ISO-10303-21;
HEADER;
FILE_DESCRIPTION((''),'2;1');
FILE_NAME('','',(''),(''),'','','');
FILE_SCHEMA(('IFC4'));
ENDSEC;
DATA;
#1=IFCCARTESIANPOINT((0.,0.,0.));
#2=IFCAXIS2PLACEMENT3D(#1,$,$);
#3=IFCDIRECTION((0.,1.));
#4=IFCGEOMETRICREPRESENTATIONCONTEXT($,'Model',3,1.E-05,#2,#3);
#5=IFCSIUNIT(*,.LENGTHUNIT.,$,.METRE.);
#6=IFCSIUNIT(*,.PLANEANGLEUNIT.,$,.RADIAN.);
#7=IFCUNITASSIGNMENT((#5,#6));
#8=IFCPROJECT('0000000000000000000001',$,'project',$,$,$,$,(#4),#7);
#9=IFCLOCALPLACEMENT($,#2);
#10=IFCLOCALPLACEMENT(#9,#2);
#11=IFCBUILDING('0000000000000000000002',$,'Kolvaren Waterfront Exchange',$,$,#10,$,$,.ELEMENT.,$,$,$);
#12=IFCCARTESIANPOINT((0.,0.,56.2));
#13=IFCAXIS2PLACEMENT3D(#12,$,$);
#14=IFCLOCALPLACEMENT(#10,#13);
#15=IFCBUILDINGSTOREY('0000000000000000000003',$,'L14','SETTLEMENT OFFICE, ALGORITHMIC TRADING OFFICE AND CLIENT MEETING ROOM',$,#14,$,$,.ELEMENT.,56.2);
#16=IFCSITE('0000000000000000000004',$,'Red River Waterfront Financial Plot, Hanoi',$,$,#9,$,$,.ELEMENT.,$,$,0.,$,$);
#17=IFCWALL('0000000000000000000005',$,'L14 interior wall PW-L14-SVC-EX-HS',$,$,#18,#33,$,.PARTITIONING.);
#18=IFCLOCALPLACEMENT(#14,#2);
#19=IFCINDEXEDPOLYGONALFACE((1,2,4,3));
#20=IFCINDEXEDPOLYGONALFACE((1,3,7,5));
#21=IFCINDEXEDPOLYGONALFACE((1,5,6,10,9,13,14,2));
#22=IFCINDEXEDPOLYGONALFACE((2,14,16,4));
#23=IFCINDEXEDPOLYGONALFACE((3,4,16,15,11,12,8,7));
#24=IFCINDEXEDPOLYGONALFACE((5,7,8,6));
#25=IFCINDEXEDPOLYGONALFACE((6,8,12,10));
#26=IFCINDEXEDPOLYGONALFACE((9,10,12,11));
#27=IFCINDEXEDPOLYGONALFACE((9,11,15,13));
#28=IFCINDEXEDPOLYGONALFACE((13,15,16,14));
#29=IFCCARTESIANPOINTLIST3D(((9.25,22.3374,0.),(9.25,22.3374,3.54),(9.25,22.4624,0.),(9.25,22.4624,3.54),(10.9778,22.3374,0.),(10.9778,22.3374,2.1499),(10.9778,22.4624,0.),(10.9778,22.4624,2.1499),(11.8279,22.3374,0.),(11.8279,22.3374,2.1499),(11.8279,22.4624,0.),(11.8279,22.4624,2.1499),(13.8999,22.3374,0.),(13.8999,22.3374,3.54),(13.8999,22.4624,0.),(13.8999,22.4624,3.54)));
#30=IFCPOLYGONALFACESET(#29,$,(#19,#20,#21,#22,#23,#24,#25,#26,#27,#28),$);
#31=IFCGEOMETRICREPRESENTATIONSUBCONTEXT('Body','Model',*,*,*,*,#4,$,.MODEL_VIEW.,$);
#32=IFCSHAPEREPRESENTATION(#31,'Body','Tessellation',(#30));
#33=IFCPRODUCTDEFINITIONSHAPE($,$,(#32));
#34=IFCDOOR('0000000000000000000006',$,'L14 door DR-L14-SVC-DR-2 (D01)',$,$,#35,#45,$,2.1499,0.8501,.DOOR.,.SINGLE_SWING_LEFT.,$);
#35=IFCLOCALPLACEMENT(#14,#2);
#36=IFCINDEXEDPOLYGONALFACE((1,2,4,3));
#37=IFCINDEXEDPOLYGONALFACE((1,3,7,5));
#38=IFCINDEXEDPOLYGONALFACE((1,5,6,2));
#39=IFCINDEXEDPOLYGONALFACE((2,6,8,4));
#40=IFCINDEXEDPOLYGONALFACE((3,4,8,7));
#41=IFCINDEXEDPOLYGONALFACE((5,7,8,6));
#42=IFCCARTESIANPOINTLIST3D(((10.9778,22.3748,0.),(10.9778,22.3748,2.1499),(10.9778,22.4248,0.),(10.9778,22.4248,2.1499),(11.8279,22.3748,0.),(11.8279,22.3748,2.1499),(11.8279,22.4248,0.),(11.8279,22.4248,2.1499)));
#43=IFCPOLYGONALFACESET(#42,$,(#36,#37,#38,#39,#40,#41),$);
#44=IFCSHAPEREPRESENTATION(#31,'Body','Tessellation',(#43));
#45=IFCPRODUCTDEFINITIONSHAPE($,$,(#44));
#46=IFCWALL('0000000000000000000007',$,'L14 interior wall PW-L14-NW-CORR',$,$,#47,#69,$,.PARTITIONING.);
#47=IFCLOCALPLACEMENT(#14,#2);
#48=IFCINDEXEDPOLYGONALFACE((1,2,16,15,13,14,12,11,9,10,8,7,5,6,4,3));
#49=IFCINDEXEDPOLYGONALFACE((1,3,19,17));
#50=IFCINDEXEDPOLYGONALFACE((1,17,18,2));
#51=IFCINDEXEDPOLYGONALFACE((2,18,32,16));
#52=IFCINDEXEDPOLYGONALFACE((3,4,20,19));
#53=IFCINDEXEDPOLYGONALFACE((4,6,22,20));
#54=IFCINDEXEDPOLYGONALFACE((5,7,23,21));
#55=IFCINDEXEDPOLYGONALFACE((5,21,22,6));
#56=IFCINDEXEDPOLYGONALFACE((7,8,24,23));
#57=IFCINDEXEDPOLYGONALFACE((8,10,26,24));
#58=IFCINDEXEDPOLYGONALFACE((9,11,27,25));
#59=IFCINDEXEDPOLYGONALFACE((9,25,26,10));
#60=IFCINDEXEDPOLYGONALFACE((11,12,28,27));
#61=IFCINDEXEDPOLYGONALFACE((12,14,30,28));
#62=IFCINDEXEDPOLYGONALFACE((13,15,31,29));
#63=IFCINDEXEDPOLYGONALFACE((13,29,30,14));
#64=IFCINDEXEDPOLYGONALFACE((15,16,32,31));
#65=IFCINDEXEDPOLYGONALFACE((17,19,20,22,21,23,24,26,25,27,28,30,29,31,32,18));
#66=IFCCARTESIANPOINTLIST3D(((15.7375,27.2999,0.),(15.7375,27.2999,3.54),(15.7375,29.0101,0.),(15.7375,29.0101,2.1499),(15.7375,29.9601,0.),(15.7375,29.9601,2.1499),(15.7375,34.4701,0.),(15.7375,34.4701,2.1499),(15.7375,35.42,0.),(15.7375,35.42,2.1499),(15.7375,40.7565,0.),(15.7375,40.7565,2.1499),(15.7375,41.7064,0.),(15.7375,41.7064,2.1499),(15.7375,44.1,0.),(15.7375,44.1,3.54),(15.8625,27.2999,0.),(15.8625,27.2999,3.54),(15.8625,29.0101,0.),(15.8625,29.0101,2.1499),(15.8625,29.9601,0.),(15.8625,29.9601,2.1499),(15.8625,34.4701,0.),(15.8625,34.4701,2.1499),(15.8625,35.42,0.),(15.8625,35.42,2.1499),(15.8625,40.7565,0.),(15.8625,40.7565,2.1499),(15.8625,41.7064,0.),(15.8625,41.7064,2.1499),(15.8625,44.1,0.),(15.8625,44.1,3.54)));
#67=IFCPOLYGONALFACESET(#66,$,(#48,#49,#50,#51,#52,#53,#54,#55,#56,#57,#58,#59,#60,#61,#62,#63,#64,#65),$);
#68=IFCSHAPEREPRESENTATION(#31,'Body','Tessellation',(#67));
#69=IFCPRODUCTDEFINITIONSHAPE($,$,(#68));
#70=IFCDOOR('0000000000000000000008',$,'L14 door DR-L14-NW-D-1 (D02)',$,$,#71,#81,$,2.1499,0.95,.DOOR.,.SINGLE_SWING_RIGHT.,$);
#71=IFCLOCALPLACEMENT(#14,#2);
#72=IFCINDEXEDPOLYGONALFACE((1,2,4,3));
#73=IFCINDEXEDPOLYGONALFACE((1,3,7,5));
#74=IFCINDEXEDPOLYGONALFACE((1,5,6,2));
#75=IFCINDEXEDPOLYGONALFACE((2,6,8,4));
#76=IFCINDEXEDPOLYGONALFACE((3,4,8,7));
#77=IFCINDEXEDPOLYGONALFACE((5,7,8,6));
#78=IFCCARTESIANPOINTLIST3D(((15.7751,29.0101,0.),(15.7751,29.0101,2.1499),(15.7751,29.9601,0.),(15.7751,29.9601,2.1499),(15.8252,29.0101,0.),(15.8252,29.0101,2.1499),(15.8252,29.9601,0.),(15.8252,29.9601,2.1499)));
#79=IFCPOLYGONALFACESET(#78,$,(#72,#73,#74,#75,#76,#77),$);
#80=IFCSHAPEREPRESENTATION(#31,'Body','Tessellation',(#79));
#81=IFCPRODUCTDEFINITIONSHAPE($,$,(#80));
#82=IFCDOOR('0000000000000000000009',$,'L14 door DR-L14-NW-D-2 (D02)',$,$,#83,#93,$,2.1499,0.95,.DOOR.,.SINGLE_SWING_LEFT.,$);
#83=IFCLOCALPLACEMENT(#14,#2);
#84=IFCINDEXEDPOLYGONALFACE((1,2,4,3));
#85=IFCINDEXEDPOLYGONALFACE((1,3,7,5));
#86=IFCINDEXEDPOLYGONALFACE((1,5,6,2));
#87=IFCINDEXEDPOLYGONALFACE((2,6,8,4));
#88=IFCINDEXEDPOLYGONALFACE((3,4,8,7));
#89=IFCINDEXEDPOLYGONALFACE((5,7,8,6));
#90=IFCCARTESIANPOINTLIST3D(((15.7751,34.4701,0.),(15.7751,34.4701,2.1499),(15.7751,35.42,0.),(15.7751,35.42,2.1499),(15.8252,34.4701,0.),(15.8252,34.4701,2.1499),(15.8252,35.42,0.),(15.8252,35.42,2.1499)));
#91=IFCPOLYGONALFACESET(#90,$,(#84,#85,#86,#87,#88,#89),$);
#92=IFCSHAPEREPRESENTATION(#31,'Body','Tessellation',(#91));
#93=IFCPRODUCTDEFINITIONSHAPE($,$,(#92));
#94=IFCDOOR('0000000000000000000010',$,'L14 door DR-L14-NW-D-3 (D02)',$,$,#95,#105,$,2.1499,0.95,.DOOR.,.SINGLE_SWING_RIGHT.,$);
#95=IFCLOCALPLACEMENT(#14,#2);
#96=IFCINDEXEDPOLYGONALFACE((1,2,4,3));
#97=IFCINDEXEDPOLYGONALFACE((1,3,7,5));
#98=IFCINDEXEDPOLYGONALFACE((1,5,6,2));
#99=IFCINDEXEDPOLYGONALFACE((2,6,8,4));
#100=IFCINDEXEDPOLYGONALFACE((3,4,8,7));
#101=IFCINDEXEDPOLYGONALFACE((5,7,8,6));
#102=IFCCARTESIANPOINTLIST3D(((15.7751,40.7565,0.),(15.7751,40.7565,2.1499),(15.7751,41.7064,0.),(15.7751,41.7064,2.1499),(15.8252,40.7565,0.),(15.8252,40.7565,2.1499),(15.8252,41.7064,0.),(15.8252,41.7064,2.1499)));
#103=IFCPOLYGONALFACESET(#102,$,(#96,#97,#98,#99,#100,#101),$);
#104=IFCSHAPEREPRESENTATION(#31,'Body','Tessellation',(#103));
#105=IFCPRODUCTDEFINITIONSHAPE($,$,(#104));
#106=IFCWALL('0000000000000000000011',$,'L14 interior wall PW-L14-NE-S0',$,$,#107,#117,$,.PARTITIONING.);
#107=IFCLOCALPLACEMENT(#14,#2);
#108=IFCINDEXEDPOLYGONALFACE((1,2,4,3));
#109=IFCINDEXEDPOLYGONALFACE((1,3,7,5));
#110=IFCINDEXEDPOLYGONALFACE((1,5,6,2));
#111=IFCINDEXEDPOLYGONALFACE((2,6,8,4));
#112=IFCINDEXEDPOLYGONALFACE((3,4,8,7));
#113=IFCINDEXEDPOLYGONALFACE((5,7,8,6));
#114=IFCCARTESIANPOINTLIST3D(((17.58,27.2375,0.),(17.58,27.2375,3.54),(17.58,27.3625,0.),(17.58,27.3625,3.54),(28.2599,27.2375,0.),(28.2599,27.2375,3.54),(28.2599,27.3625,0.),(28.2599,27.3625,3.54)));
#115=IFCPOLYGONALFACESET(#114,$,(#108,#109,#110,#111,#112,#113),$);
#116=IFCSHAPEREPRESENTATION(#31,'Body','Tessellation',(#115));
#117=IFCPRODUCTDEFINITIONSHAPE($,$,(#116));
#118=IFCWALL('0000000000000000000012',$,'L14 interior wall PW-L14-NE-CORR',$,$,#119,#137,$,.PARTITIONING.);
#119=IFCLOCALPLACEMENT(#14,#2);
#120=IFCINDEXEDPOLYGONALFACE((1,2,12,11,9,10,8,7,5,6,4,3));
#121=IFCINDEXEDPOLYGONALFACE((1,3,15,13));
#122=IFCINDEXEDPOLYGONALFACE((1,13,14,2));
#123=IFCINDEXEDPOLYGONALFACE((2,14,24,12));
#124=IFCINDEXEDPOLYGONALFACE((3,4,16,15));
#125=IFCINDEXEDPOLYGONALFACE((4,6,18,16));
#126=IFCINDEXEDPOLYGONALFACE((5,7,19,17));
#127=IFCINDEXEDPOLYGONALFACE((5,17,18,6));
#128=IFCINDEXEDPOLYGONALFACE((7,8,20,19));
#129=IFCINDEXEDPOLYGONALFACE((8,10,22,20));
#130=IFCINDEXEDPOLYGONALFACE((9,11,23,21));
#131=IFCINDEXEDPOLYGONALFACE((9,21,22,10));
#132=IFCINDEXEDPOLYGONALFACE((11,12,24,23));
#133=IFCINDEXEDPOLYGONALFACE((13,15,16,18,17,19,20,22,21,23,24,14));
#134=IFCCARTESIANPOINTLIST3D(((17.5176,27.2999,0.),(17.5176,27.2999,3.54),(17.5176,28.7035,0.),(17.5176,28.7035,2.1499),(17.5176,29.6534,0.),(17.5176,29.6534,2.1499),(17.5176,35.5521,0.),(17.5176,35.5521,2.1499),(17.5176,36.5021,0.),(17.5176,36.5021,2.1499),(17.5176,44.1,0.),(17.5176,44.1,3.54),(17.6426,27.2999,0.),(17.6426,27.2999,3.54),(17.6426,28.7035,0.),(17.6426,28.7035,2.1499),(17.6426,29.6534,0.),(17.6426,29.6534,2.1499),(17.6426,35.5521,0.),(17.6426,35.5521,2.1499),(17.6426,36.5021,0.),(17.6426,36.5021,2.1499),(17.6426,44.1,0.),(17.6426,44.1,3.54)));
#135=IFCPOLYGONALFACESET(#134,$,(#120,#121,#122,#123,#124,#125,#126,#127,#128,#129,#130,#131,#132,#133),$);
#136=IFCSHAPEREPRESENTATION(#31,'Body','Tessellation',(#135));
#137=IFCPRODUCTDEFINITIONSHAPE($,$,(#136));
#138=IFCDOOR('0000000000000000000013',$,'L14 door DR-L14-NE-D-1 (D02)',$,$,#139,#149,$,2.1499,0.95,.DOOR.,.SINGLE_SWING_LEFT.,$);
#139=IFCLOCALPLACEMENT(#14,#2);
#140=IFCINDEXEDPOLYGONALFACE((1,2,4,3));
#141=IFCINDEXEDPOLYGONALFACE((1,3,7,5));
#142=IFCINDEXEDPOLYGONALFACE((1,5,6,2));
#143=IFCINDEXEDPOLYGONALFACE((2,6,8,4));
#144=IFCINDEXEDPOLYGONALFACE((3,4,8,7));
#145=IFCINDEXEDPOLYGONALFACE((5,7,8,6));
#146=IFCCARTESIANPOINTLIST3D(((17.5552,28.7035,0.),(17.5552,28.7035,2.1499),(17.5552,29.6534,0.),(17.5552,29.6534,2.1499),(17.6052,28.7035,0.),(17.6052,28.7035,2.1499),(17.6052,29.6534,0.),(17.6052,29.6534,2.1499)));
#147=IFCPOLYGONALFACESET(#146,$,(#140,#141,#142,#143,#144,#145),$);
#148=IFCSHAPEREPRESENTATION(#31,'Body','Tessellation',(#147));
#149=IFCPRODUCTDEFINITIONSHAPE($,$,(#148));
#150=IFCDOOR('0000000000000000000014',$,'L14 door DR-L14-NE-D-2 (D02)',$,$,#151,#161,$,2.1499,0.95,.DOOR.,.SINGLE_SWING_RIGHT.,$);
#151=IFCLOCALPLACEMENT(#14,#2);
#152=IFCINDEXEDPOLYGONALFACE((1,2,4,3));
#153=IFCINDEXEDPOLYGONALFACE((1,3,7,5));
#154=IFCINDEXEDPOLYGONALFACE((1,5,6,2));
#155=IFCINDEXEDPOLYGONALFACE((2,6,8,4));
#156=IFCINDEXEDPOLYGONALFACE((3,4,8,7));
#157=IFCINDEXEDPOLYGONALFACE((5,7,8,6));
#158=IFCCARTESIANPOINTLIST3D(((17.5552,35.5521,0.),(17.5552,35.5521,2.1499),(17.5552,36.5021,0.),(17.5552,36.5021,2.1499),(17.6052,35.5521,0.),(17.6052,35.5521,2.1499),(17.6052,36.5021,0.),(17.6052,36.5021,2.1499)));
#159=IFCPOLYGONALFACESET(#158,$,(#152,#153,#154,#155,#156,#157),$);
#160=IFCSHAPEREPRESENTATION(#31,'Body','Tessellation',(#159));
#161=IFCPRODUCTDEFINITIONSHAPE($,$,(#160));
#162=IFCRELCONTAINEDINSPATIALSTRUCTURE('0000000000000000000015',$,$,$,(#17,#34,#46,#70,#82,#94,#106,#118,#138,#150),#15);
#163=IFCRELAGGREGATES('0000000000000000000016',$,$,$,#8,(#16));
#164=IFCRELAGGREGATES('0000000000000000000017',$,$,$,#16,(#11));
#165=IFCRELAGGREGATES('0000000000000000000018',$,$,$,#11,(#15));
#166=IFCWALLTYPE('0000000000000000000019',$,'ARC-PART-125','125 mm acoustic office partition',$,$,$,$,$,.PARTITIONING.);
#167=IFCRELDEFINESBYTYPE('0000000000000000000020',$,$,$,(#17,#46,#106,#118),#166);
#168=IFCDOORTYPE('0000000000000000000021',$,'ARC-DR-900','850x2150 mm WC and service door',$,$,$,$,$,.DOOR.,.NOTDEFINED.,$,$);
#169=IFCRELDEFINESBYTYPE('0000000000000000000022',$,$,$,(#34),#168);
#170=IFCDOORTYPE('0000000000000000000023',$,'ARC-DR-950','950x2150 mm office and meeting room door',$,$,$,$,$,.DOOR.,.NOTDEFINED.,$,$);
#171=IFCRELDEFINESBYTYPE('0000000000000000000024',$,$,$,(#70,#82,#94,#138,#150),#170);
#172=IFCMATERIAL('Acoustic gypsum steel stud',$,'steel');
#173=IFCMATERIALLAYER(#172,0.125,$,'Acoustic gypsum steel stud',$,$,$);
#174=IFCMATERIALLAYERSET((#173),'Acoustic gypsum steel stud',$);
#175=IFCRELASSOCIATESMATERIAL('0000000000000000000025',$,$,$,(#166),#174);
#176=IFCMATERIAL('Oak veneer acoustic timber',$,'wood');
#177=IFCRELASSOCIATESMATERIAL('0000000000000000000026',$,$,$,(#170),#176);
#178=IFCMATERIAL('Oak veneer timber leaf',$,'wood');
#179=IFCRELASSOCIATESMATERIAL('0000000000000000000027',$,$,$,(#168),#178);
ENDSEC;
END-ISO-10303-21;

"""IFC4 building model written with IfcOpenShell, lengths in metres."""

from ifc_helpers import new_model, si_unit, direction, frame, frame_2d, origin, place, context, subcontext, project, spatial, rectangle, extrude, material, layer, layer_set, type_object, element, fill, save


model = new_model("IFC4")

# Units and contexts
model_context = context("Model", 3, precision=1e-05, world=origin(), true_north=direction((0.0, 1.0)))
body_context = subcontext(model_context, "Body", "Model", "MODEL_VIEW")
ifc_project = project(units=[si_unit("LENGTHUNIT", "METRE"), si_unit("PLANEANGLEUNIT", "RADIAN")], contexts=[model_context])

# Site, building, storey
site_placement = place(None, origin())
site = spatial("IfcSite", under=ifc_project, at=site_placement, Name="Red River Waterfront Financial Plot, Hanoi", CompositionType="ELEMENT", RefElevation=0.0)
building_placement = place(site_placement, origin())
building = spatial("IfcBuilding", under=site, at=building_placement, Name="Kolvaren Waterfront Exchange", CompositionType="ELEMENT")
storey_placement = place(building_placement, frame((0.0, 0.0, 56.2)))
storey = spatial("IfcBuildingStorey", under=building, at=storey_placement, Name="L14", Description="SETTLEMENT OFFICE, ALGORITHMIC TRADING OFFICE AND CLIENT MEETING ROOM", CompositionType="ELEMENT", Elevation=56.2)

# Wall, opening, door
ifc_material_1 = material(Name="Acoustic gypsum steel stud", Category="steel")
ifc_layer_1 = layer(ifc_material_1, 0.125, Name="Acoustic gypsum steel stud")
ifc_layer_set_1 = layer_set([ifc_layer_1], Name="Acoustic gypsum steel stud")
wall_type_1 = type_object("IfcWallType", Name="ARC-PART-125", Description="125 mm acoustic office partition", PredefinedType="PARTITIONING", material=ifc_layer_set_1)
ifc_material_2 = material(Name="Oak veneer acoustic timber", Category="wood")
door_type_1 = type_object("IfcDoorType", Name="ARC-DR-950", Description="950x2150 mm office and meeting room door", OperationType="NOTDEFINED", PredefinedType="DOOR", material=ifc_material_2)
wall_1_placement = place(storey_placement, frame((9.25, 22.3999, 0.0), z_axis=(0.0, 0.0, 1.0), x_axis=(1.0, 0.0, 0.0)))
wall_1 = element("IfcWall", 1, at=wall_1_placement, inside=storey, type_object=wall_type_1, Name="L14 interior wall PW-L14-SVC-EX-HS", PredefinedType="PARTITIONING", context=body_context, shape_type="SweptSolid", body=[
    extrude(rectangle(XDim=4.6499, YDim=0.125, at=frame_2d((2.325, 0.0))), origin(), (0.0, 0.0, 1.0), 3.54),
])
opening_1_placement = place(wall_1_placement, frame((1.7278, 0.0, 0.0)))
opening_1 = element("IfcOpeningElement", 2, at=opening_1_placement, cuts=wall_1, PredefinedType="OPENING", context=body_context, shape_type="SweptSolid", body=[
    extrude(rectangle(XDim=0.8501, YDim=2.1499, at=frame_2d((0.425, 1.075))), frame((0.0, 0.0725, 0.0), z_axis=(0.0, -1.0, 0.0), x_axis=(1.0, 0.0, 0.0)), (0.0, 0.0, 1.0), 0.145),
])
ifc_material_3 = material(Name="Oak veneer timber leaf", Category="wood")
door_type_2 = type_object("IfcDoorType", Name="ARC-DR-900", Description="850x2150 mm WC and service door", OperationType="NOTDEFINED", PredefinedType="DOOR", material=ifc_material_3)
door_1_placement = place(opening_1_placement, origin())
door_1 = element("IfcDoor", 3, at=door_1_placement, inside=storey, type_object=door_type_2, Name="L14 door DR-L14-SVC-DR-2 (D01)", OperationType="SINGLE_SWING_LEFT", OverallHeight=2.1499, OverallWidth=0.8501, PredefinedType="DOOR", context=body_context, shape_type="SweptSolid", body=[
    extrude(rectangle(XDim=0.8501, YDim=2.1499, at=frame_2d((0.425, 1.075))), frame((0.0, 0.0249, 0.0), z_axis=(0.0, -1.0, 0.0), x_axis=(1.0, 0.0, 0.0)), (0.0, 0.0, 1.0), 0.05),
])
fill(opening_1, door_1)

# Wall, openings, doors
wall_2_placement = place(storey_placement, frame((15.8, 27.3, 0.0), z_axis=(0.0, 0.0, 1.0), x_axis=(0.0, 1.0, 0.0)))
wall_2 = element("IfcWall", 4, at=wall_2_placement, inside=storey, type_object=wall_type_1, Name="L14 interior wall PW-L14-NW-CORR", PredefinedType="PARTITIONING", context=body_context, shape_type="SweptSolid", body=[
    extrude(rectangle(XDim=16.8, YDim=0.125, at=frame_2d((8.3999, 0.0))), origin(), (0.0, 0.0, 1.0), 3.54),
])
opening_2_placement = place(wall_2_placement, frame((1.71, 0.0, 0.0)))
opening_2 = element("IfcOpeningElement", 5, at=opening_2_placement, cuts=wall_2, PredefinedType="OPENING", context=body_context, shape_type="SweptSolid", body=[
    extrude(rectangle(XDim=0.95, YDim=2.1499, at=frame_2d((0.4751, 1.075))), frame((0.0, 0.0725, 0.0), z_axis=(0.0, -1.0, 0.0), x_axis=(1.0, 0.0, 0.0)), (0.0, 0.0, 1.0), 0.145),
])
opening_3_placement = place(wall_2_placement, frame((7.1699, 0.0, 0.0)))
opening_3 = element("IfcOpeningElement", 6, at=opening_3_placement, cuts=wall_2, PredefinedType="OPENING", context=body_context, shape_type="SweptSolid", body=[
    extrude(rectangle(XDim=0.95, YDim=2.1499, at=frame_2d((0.4751, 1.075))), frame((0.0, 0.0725, 0.0), z_axis=(0.0, -1.0, 0.0), x_axis=(1.0, 0.0, 0.0)), (0.0, 0.0, 1.0), 0.145),
])
opening_4_placement = place(wall_2_placement, frame((13.4563, 0.0, 0.0)))
opening_4 = element("IfcOpeningElement", 7, at=opening_4_placement, cuts=wall_2, PredefinedType="OPENING", context=body_context, shape_type="SweptSolid", body=[
    extrude(rectangle(XDim=0.95, YDim=2.1499, at=frame_2d((0.4751, 1.075))), frame((0.0, 0.0725, 0.0), z_axis=(0.0, -1.0, 0.0), x_axis=(1.0, 0.0, 0.0)), (0.0, 0.0, 1.0), 0.145),
])
door_2_placement = place(opening_2_placement, origin())
door_2 = element("IfcDoor", 8, at=door_2_placement, inside=storey, type_object=door_type_1, Name="L14 door DR-L14-NW-D-1 (D02)", OperationType="SINGLE_SWING_RIGHT", OverallHeight=2.1499, OverallWidth=0.95, PredefinedType="DOOR", context=body_context, shape_type="SweptSolid", body=[
    extrude(rectangle(XDim=0.95, YDim=2.1499, at=frame_2d((0.4751, 1.075))), frame((0.0, 0.0249, 0.0), z_axis=(0.0, -1.0, 0.0), x_axis=(1.0, 0.0, 0.0)), (0.0, 0.0, 1.0), 0.05),
])
fill(opening_2, door_2)
door_3_placement = place(opening_3_placement, origin())
door_3 = element("IfcDoor", 9, at=door_3_placement, inside=storey, type_object=door_type_1, Name="L14 door DR-L14-NW-D-2 (D02)", OperationType="SINGLE_SWING_LEFT", OverallHeight=2.1499, OverallWidth=0.95, PredefinedType="DOOR", context=body_context, shape_type="SweptSolid", body=[
    extrude(rectangle(XDim=0.95, YDim=2.1499, at=frame_2d((0.4751, 1.075))), frame((0.0, 0.0249, 0.0), z_axis=(0.0, -1.0, 0.0), x_axis=(1.0, 0.0, 0.0)), (0.0, 0.0, 1.0), 0.05),
])
fill(opening_3, door_3)
door_4_placement = place(opening_4_placement, origin())
door_4 = element("IfcDoor", 10, at=door_4_placement, inside=storey, type_object=door_type_1, Name="L14 door DR-L14-NW-D-3 (D02)", OperationType="SINGLE_SWING_RIGHT", OverallHeight=2.1499, OverallWidth=0.95, PredefinedType="DOOR", context=body_context, shape_type="SweptSolid", body=[
    extrude(rectangle(XDim=0.95, YDim=2.1499, at=frame_2d((0.4751, 1.075))), frame((0.0, 0.0249, 0.0), z_axis=(0.0, -1.0, 0.0), x_axis=(1.0, 0.0, 0.0)), (0.0, 0.0, 1.0), 0.05),
])
fill(opening_4, door_4)

# Wall
wall_3_placement = place(storey_placement, frame((17.5801, 27.3, 0.0), z_axis=(0.0, 0.0, 1.0), x_axis=(1.0, 0.0, 0.0)))
element("IfcWall", 11, at=wall_3_placement, inside=storey, type_object=wall_type_1, Name="L14 interior wall PW-L14-NE-S0", PredefinedType="PARTITIONING", context=body_context, shape_type="SweptSolid", body=[
    extrude(rectangle(XDim=10.6799, YDim=0.125, at=frame_2d((5.3398, 0.0))), origin(), (0.0, 0.0, 1.0), 3.54),
])

# Wall, openings, doors
wall_4_placement = place(storey_placement, frame((17.5801, 27.3, 0.0), z_axis=(0.0, 0.0, 1.0), x_axis=(0.0, 1.0, 0.0)))
wall_4 = element("IfcWall", 12, at=wall_4_placement, inside=storey, type_object=wall_type_1, Name="L14 interior wall PW-L14-NE-CORR", PredefinedType="PARTITIONING", context=body_context, shape_type="SweptSolid", body=[
    extrude(rectangle(XDim=16.8, YDim=0.125, at=frame_2d((8.3999, 0.0))), origin(), (0.0, 0.0, 1.0), 3.54),
])
opening_5_placement = place(wall_4_placement, frame((1.4033, 0.0, 0.0)))
opening_5 = element("IfcOpeningElement", 13, at=opening_5_placement, cuts=wall_4, PredefinedType="OPENING", context=body_context, shape_type="SweptSolid", body=[
    extrude(rectangle(XDim=0.95, YDim=2.1499, at=frame_2d((0.4751, 1.075))), frame((0.0, 0.0725, 0.0), z_axis=(0.0, -1.0, 0.0), x_axis=(1.0, 0.0, 0.0)), (0.0, 0.0, 1.0), 0.145),
])
opening_6_placement = place(wall_4_placement, frame((8.252, 0.0, 0.0)))
opening_6 = element("IfcOpeningElement", 14, at=opening_6_placement, cuts=wall_4, PredefinedType="OPENING", context=body_context, shape_type="SweptSolid", body=[
    extrude(rectangle(XDim=0.95, YDim=2.1499, at=frame_2d((0.4751, 1.075))), frame((0.0, 0.0725, 0.0), z_axis=(0.0, -1.0, 0.0), x_axis=(1.0, 0.0, 0.0)), (0.0, 0.0, 1.0), 0.145),
])
door_5_placement = place(opening_5_placement, origin())
door_5 = element("IfcDoor", 15, at=door_5_placement, inside=storey, type_object=door_type_1, Name="L14 door DR-L14-NE-D-1 (D02)", OperationType="SINGLE_SWING_LEFT", OverallHeight=2.1499, OverallWidth=0.95, PredefinedType="DOOR", context=body_context, shape_type="SweptSolid", body=[
    extrude(rectangle(XDim=0.95, YDim=2.1499, at=frame_2d((0.4751, 1.075))), frame((0.0, 0.0249, 0.0), z_axis=(0.0, -1.0, 0.0), x_axis=(1.0, 0.0, 0.0)), (0.0, 0.0, 1.0), 0.05),
])
fill(opening_5, door_5)
door_6_placement = place(opening_6_placement, origin())
door_6 = element("IfcDoor", 16, at=door_6_placement, inside=storey, type_object=door_type_1, Name="L14 door DR-L14-NE-D-2 (D02)", OperationType="SINGLE_SWING_RIGHT", OverallHeight=2.1499, OverallWidth=0.95, PredefinedType="DOOR", context=body_context, shape_type="SweptSolid", body=[
    extrude(rectangle(XDim=0.95, YDim=2.1499, at=frame_2d((0.4751, 1.075))), frame((0.0, 0.0249, 0.0), z_axis=(0.0, -1.0, 0.0), x_axis=(1.0, 0.0, 0.0)), (0.0, 0.0, 1.0), 0.05),
])
fill(opening_6, door_6)

save(model, "model.ifc")
